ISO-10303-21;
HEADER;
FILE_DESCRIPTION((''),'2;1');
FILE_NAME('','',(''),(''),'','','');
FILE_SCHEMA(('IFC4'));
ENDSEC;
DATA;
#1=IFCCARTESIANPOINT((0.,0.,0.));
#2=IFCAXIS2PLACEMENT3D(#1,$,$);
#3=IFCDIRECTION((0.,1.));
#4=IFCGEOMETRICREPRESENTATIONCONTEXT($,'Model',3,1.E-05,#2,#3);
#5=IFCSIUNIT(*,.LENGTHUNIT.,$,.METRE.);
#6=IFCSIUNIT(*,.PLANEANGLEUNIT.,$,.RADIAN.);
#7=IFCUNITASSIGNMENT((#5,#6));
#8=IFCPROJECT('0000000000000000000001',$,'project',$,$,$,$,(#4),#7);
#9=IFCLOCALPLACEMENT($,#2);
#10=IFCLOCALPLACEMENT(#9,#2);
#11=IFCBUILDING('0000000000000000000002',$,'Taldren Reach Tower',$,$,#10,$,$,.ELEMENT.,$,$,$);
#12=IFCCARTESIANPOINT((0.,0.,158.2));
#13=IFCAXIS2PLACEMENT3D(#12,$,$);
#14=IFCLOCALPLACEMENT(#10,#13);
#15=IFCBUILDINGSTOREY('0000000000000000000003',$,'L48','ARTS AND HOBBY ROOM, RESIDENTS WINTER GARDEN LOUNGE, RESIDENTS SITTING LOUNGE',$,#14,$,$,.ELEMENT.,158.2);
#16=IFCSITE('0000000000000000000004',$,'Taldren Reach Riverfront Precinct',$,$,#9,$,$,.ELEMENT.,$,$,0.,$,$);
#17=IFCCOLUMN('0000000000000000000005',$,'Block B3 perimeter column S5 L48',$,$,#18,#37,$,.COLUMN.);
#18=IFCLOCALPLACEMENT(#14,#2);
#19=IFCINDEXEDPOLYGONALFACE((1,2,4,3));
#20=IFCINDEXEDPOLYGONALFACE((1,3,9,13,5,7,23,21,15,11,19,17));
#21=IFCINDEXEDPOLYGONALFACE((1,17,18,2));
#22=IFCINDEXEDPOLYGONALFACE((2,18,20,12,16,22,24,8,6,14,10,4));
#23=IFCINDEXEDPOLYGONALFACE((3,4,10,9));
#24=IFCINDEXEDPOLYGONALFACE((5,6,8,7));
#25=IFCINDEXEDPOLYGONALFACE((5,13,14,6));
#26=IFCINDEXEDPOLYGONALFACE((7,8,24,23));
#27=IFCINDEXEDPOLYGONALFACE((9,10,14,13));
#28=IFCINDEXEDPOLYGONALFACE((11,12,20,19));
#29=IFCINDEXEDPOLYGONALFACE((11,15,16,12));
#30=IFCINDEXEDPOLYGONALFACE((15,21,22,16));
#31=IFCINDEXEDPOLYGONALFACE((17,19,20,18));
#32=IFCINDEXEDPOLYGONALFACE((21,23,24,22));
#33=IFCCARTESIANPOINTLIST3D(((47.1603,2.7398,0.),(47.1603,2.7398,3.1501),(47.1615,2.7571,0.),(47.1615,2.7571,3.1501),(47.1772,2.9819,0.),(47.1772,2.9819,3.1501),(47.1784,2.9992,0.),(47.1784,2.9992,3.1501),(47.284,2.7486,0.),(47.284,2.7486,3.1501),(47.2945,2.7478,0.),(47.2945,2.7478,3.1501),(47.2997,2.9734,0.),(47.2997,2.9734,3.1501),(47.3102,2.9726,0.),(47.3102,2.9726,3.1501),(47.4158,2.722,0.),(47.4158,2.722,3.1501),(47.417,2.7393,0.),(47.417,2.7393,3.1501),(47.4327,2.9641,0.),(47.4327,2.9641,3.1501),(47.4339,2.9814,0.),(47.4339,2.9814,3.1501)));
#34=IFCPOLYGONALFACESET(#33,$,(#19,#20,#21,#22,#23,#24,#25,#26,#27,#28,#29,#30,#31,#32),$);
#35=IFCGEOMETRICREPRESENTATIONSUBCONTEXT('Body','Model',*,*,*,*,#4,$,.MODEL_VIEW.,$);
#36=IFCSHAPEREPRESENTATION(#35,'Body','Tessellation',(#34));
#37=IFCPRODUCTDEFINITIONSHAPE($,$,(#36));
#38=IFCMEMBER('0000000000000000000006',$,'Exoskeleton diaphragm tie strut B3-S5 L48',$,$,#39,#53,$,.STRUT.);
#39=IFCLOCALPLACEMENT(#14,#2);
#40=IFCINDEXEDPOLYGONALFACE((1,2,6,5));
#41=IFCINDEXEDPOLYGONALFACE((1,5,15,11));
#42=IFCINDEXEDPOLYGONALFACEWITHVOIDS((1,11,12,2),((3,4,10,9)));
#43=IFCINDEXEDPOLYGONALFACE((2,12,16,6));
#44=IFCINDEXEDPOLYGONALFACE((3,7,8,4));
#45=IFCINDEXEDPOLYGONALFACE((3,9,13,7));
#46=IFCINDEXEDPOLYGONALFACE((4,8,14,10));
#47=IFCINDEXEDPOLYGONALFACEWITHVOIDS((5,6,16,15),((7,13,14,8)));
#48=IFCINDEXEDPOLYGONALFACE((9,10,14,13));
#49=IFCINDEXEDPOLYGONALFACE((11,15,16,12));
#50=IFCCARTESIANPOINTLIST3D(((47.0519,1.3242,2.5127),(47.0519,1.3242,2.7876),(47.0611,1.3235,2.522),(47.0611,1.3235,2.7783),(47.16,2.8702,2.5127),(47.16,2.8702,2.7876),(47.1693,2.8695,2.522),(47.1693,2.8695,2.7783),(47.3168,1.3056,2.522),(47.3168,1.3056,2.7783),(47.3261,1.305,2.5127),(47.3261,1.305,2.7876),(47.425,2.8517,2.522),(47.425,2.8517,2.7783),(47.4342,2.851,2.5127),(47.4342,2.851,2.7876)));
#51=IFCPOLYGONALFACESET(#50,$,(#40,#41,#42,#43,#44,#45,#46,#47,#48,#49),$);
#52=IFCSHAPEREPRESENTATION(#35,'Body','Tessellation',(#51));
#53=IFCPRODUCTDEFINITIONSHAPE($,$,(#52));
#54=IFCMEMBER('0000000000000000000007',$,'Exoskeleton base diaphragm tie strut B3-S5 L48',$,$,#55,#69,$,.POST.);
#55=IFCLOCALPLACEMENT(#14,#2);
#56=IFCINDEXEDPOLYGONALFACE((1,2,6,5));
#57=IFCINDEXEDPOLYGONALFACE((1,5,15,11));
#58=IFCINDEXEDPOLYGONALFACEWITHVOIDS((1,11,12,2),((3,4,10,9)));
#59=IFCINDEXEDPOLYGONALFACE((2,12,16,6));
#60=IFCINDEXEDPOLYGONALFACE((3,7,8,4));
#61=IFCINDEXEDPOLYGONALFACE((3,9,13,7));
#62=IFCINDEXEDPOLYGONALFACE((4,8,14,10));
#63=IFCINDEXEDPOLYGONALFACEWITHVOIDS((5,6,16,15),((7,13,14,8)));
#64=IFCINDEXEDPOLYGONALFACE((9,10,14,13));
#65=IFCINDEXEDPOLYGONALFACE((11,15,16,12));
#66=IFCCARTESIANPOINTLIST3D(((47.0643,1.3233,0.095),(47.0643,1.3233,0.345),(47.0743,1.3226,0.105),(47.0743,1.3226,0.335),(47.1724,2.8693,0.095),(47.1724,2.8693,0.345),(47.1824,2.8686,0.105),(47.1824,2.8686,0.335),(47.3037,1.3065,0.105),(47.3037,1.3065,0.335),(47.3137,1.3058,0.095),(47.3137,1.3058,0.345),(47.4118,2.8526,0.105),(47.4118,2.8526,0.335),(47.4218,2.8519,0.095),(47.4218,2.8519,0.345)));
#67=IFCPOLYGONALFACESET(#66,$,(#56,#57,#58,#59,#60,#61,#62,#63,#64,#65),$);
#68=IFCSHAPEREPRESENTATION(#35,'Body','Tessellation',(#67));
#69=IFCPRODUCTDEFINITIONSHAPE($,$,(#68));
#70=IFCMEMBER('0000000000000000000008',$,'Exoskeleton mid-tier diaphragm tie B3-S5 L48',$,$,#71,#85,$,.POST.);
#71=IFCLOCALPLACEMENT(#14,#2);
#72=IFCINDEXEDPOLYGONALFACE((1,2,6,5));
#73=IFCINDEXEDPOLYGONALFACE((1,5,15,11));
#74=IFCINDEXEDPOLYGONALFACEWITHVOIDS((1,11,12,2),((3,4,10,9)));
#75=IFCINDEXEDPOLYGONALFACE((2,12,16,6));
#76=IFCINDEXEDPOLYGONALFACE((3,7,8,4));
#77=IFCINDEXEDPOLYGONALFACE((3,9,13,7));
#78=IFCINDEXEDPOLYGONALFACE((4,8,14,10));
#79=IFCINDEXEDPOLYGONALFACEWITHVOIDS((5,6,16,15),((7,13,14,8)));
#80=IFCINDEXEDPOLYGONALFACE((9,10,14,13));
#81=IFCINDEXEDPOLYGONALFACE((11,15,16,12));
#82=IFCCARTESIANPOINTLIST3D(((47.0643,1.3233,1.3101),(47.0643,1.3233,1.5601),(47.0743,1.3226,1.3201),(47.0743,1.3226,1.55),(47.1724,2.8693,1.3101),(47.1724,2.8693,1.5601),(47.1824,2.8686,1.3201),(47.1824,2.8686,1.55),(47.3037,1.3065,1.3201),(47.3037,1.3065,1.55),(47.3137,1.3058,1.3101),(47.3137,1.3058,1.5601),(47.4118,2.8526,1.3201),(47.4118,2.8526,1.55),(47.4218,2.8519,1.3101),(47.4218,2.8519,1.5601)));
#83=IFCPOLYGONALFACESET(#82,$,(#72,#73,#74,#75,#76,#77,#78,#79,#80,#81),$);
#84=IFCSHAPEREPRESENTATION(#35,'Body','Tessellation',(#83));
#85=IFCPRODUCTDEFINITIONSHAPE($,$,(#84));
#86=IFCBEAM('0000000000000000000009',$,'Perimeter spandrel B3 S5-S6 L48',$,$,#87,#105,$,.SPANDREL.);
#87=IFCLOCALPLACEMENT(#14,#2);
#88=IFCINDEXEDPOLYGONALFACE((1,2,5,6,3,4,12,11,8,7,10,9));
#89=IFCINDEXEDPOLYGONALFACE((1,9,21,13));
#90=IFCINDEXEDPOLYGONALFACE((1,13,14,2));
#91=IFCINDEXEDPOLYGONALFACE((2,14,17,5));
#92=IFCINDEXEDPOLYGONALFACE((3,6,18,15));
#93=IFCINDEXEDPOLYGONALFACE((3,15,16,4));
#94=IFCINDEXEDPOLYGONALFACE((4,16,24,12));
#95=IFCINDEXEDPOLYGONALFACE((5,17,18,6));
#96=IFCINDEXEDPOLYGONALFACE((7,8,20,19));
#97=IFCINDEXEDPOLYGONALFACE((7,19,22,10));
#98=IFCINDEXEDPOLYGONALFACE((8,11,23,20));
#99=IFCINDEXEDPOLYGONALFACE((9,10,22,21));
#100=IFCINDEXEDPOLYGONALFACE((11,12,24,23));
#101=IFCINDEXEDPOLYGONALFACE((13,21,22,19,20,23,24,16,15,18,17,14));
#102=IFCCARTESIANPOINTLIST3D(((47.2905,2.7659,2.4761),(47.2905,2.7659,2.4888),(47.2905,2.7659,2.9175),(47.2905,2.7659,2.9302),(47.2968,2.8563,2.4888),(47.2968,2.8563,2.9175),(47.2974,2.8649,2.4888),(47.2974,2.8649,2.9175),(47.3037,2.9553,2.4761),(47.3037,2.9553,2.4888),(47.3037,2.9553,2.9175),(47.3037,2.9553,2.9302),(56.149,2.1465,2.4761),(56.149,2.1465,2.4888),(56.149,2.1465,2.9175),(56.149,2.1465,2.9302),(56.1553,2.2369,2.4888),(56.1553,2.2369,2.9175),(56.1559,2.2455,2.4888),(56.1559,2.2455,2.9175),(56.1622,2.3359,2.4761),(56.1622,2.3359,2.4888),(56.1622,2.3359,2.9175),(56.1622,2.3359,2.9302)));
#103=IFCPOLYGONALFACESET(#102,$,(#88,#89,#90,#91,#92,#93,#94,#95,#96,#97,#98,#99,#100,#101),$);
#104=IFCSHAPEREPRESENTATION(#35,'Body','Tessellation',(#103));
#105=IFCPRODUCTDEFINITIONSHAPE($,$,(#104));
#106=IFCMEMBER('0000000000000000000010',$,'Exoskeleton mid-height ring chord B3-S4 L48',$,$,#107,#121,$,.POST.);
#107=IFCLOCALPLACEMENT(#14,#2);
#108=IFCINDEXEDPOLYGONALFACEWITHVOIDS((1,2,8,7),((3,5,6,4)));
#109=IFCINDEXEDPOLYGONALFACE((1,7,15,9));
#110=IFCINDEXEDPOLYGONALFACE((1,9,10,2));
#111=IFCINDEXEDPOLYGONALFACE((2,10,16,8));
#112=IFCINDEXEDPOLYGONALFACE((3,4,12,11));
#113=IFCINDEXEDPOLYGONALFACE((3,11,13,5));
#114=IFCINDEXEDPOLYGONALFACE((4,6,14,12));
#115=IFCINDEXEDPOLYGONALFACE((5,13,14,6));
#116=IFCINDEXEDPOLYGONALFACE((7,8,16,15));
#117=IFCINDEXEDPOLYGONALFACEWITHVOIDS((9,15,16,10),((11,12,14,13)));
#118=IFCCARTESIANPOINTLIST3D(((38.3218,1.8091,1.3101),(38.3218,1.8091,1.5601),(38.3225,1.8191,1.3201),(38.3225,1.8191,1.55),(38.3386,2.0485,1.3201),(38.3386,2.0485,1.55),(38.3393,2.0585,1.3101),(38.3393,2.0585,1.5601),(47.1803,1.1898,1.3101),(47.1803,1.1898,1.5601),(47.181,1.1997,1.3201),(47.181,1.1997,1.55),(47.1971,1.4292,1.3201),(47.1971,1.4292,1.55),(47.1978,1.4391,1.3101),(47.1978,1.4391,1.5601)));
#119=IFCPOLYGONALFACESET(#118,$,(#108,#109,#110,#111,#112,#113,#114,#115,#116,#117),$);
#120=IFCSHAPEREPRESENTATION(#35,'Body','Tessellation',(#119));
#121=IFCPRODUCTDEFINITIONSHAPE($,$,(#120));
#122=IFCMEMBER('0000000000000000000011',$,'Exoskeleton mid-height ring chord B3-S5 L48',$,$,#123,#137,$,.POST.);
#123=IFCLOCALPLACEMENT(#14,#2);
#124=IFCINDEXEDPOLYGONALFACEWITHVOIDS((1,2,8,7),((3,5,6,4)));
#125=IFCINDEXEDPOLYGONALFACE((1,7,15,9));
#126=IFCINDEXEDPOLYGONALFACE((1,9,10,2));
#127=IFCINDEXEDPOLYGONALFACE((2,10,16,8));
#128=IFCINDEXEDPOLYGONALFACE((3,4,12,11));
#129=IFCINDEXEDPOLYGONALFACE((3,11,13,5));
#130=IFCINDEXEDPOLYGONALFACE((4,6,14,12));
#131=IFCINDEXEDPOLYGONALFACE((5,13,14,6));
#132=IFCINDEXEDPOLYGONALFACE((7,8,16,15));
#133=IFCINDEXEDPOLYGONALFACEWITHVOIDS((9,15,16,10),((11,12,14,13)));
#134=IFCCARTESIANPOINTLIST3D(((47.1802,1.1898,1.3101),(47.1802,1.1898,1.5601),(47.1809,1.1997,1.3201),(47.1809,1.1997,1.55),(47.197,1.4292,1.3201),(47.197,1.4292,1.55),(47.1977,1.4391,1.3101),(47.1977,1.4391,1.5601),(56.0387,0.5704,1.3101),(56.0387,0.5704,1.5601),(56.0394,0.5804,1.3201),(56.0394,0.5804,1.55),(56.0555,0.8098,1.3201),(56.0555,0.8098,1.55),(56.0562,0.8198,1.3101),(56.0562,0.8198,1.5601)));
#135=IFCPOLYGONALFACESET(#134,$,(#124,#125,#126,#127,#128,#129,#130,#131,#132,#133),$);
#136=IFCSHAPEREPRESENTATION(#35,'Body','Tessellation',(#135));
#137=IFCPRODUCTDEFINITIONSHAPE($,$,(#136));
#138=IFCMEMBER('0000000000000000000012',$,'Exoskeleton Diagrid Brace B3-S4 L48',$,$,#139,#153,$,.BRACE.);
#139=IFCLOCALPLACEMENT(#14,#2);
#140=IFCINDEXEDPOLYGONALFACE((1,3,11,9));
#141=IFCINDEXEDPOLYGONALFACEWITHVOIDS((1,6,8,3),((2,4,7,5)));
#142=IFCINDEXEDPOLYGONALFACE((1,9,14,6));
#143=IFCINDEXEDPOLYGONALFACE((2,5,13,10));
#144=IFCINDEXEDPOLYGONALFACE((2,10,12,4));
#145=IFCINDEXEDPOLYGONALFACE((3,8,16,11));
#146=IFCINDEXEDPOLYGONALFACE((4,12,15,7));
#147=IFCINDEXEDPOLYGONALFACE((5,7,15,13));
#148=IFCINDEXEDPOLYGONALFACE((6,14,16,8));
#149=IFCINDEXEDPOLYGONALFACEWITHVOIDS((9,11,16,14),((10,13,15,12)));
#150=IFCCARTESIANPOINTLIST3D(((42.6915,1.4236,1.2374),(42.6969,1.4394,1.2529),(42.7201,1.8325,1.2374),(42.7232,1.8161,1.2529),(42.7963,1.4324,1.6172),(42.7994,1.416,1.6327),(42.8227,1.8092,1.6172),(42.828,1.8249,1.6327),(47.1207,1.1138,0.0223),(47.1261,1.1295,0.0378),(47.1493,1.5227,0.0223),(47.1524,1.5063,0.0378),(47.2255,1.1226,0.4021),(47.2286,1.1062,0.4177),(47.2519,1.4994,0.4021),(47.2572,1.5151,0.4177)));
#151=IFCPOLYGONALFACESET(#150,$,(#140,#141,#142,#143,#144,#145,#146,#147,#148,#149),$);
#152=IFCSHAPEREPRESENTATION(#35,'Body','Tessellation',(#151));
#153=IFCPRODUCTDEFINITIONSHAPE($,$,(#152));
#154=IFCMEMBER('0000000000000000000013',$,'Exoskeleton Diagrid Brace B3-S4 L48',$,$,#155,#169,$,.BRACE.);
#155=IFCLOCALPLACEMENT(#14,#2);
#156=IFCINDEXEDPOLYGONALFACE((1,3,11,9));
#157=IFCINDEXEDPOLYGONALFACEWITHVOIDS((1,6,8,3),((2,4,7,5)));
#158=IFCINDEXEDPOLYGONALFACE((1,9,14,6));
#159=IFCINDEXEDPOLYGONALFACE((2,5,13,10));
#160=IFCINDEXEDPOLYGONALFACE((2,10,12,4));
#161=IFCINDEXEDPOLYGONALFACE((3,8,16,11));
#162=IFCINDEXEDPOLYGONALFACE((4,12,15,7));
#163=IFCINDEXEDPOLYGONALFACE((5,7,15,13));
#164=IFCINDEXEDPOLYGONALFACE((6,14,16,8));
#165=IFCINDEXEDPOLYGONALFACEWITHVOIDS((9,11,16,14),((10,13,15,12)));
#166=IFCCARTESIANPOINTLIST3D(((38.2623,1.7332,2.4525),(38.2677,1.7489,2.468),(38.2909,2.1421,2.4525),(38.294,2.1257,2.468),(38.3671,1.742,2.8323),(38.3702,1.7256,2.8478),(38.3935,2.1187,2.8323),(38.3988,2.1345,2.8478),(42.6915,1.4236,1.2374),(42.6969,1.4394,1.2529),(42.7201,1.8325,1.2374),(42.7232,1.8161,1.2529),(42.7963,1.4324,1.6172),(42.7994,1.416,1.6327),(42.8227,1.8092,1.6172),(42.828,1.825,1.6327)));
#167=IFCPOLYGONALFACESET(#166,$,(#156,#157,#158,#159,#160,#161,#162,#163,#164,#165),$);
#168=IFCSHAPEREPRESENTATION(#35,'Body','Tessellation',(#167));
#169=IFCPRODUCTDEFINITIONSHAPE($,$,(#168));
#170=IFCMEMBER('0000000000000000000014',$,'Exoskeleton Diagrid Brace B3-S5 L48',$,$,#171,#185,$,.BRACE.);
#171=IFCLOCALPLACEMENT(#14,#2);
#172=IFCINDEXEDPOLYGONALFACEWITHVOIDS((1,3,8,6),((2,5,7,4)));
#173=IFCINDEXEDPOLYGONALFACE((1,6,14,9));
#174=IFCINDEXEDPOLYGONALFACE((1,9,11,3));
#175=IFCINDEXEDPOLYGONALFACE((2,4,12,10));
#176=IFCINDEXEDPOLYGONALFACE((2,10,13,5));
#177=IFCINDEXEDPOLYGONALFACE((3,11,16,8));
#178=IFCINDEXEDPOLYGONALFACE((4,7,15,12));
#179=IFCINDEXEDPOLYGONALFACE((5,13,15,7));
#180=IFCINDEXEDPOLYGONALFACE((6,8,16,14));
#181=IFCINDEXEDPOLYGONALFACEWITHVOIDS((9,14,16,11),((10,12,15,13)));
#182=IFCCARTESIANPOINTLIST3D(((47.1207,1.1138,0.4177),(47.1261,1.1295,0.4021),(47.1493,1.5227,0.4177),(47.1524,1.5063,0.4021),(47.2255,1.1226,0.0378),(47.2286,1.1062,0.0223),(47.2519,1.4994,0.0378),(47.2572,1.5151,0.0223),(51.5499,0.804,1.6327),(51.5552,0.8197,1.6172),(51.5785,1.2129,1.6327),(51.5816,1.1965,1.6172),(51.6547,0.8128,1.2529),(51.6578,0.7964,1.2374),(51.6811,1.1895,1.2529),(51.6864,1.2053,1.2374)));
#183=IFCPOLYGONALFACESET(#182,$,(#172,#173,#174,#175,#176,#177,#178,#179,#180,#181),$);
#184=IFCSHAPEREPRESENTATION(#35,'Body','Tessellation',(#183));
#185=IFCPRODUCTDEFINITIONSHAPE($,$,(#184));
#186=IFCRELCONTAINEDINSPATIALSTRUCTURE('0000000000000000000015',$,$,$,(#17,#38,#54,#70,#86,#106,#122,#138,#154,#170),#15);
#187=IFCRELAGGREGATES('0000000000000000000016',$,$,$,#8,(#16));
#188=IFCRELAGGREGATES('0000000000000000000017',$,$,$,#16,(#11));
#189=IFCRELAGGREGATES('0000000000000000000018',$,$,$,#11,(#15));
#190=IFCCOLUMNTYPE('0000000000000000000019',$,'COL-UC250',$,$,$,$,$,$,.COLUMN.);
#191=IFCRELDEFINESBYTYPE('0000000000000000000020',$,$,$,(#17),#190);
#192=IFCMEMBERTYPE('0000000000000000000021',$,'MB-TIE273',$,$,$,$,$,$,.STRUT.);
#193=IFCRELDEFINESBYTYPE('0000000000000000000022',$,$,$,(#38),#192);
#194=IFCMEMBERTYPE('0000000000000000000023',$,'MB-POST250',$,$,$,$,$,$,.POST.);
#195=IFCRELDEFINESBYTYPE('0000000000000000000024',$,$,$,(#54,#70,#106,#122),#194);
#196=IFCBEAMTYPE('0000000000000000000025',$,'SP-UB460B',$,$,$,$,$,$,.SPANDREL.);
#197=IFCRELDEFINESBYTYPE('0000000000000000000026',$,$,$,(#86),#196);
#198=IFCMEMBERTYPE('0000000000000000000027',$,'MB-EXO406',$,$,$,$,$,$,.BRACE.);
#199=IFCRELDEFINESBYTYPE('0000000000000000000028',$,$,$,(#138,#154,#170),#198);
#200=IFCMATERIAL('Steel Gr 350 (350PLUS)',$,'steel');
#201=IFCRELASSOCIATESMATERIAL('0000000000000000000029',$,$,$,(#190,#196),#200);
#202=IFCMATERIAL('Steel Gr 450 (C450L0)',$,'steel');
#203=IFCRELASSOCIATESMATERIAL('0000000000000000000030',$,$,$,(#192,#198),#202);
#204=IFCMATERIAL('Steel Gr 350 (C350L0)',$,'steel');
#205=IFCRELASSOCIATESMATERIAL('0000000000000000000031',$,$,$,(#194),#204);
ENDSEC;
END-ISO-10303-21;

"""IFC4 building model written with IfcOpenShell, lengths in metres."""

from ifc_helpers import new_model, si_unit, direction, frame, origin, origin_2d, place, context, subcontext, project, spatial, hollow_rectangle, i_section, extrude, source, transform, mapped, material, material_profile, profile_set, type_object, element, save


model = new_model("IFC4")

# Units and contexts
model_context = context("Model", 3, precision=1e-05, world=origin(), true_north=direction((0.0, 1.0)))
body_context = subcontext(model_context, "Body", "Model", "MODEL_VIEW")
ifc_project = project(units=[si_unit("LENGTHUNIT", "METRE"), si_unit("PLANEANGLEUNIT", "RADIAN")], contexts=[model_context])

# Site, building, storey
site_placement = place(None, origin())
site = spatial("IfcSite", under=ifc_project, at=site_placement, Name="Taldren Reach Riverfront Precinct", CompositionType="ELEMENT", RefElevation=0.0)
building_placement = place(site_placement, origin())
building = spatial("IfcBuilding", under=site, at=building_placement, Name="Taldren Reach Tower", CompositionType="ELEMENT")
storey_placement = place(building_placement, frame((0.0, 0.0, 158.2)))
storey = spatial("IfcBuildingStorey", under=building, at=storey_placement, Name="L48", Description="ARTS AND HOBBY ROOM, RESIDENTS WINTER GARDEN LOUNGE, RESIDENTS SITTING LOUNGE", CompositionType="ELEMENT", Elevation=158.2)

# Column
ifc_material_1 = material(Name="Steel Gr 350 (350PLUS)", Category="steel")
ifc_material_profile_1 = material_profile(ifc_material_1, i_section(OverallWidth=0.2561, OverallDepth=0.26, WebThickness=0.0105, FlangeThickness=0.0173, at=origin_2d()), Name="250UC89.5")
ifc_profile_set_1 = profile_set([ifc_material_profile_1], Name="Steel Gr 350 (350PLUS)")
column_type = type_object("IfcColumnType", Name="COL-UC250", PredefinedType="COLUMN", material=ifc_profile_set_1)
shared_shape_1 = source(origin(), body_context, "Body", "SweptSolid", [
    extrude(i_section(OverallWidth=0.2561, OverallDepth=0.26, WebThickness=0.0105, FlangeThickness=0.0173, at=origin_2d()), origin(), (0.0, 0.0, 1.0), 3.1501),
])
column_placement = place(storey_placement, frame((47.2971, 2.8606, 0.0), z_axis=(0.0, 0.0, 1.0), x_axis=(0.997564, -0.069756, 0.0)))
element("IfcColumn", 1, at=column_placement, inside=storey, type_object=column_type, Name="Block B3 perimeter column S5 L48", PredefinedType="COLUMN", context=body_context, shape_type="MappedRepresentation", body=[
    mapped(shared_shape_1, transform((0.0, 0.0, 0.0), scale=1.0)),
])

# Members
ifc_material_2 = material(Name="Steel Gr 450 (C450L0)", Category="steel")
ifc_material_profile_2 = material_profile(ifc_material_2, hollow_rectangle(XDim=0.2749, YDim=0.2749, WallThickness=0.0093, at=origin_2d()), Name="275x275x9.3SHS")
ifc_profile_set_2 = profile_set([ifc_material_profile_2], Name="Steel Gr 450 (C450L0)")
member_type_1 = type_object("IfcMemberType", Name="MB-TIE273", PredefinedType="STRUT", material=ifc_profile_set_2)
shared_shape_2 = source(origin(), body_context, "Body", "SweptSolid", [
    extrude(hollow_rectangle(XDim=0.2749, YDim=0.2749, WallThickness=0.0093, at=origin_2d()), origin(), (0.0, 0.0, 1.0), 1.5498),
])
member_1_placement = place(storey_placement, frame((47.2971, 2.8606, 2.6501), z_axis=(-0.069781, -0.997562, 0.0), x_axis=(0.997562, -0.069781, 0.0)))
element("IfcMember", 2, at=member_1_placement, inside=storey, type_object=member_type_1, Name="Exoskeleton diaphragm tie strut B3-S5 L48", PredefinedType="STRUT", context=body_context, shape_type="MappedRepresentation", body=[
    mapped(shared_shape_2, transform((0.0, 0.0, 0.0), scale=1.0)),
])
ifc_material_3 = material(Name="Steel Gr 350 (C350L0)", Category="steel")
ifc_material_profile_3 = material_profile(ifc_material_3, hollow_rectangle(XDim=0.25, YDim=0.25, WallThickness=0.01, at=origin_2d()), Name="250x250x10.0SHS")
ifc_profile_set_3 = profile_set([ifc_material_profile_3], Name="Steel Gr 350 (C350L0)")
member_type_2 = type_object("IfcMemberType", Name="MB-POST250", PredefinedType="POST", material=ifc_profile_set_3)
shared_shape_3 = source(origin(), body_context, "Body", "SweptSolid", [
    extrude(hollow_rectangle(XDim=0.25, YDim=0.25, WallThickness=0.01, at=origin_2d()), origin(), (0.0, 0.0, 1.0), 1.5498),
])
for number, where, z_axis, x_axis, name in (
    (3, (47.2971, 2.8606, 0.22), (-0.069781, -0.997562, 0.0), (0.997562, -0.069781, 0.0), "Exoskeleton base diaphragm tie strut B3-S5 L48"),
    (4, (47.2971, 2.8606, 1.4351), (-0.069781, -0.997562, 0.0), (0.997562, -0.069781, 0.0), "Exoskeleton mid-tier diaphragm tie B3-S5 L48"),
):
    element("IfcMember", number, at=place(storey_placement, frame(where, z_axis=z_axis, x_axis=x_axis)), inside=storey, type_object=member_type_2, Name=name, PredefinedType="POST", context=body_context, shape_type="MappedRepresentation", body=[
        mapped(shared_shape_3, transform((0.0, 0.0, 0.0), scale=1.0)),
    ])

# Beam
ifc_material_profile_4 = material_profile(ifc_material_1, i_section(OverallWidth=0.1899, OverallDepth=0.4541, WebThickness=0.0085, FlangeThickness=0.0127, at=origin_2d()), Name="460UB67.1")
ifc_profile_set_4 = profile_set([ifc_material_profile_4], Name="Steel Gr 350 (350PLUS)")
beam_type = type_object("IfcBeamType", Name="SP-UB460B", PredefinedType="SPANDREL", material=ifc_profile_set_4)
shared_shape_4 = source(origin(), body_context, "Body", "SweptSolid", [
    extrude(i_section(OverallWidth=0.1899, OverallDepth=0.4541, WebThickness=0.0085, FlangeThickness=0.0127, at=origin_2d()), origin(), (0.0, 0.0, 1.0), 8.8801),
])
beam_placement = place(storey_placement, frame((47.2971, 2.8606, 2.7031), z_axis=(0.997564, -0.06975, 0.0), x_axis=(0.06975, 0.997564, 0.0)))
element("IfcBeam", 5, at=beam_placement, inside=storey, type_object=beam_type, Name="Perimeter spandrel B3 S5-S6 L48", PredefinedType="SPANDREL", context=body_context, shape_type="MappedRepresentation", body=[
    mapped(shared_shape_4, transform((0.0, 0.0, 0.0), scale=1.0)),
])

# Members
shared_shape_5 = source(origin(), body_context, "Body", "SweptSolid", [
    extrude(hollow_rectangle(XDim=0.25, YDim=0.25, WallThickness=0.01, at=origin_2d()), origin(), (0.0, 0.0, 1.0), 8.8801),
])
for number, where, z_axis, x_axis, name in (
    (6, (38.3306, 1.9338, 1.4351), (0.997564, -0.06975, 0.0), (0.06975, 0.997564, 0.0), "Exoskeleton mid-height ring chord B3-S4 L48"),
    (7, (47.189, 1.3145, 1.4351), (0.997564, -0.06975, 0.0), (0.06975, 0.997564, 0.0), "Exoskeleton mid-height ring chord B3-S5 L48"),
):
    element("IfcMember", number, at=place(storey_placement, frame(where, z_axis=z_axis, x_axis=x_axis)), inside=storey, type_object=member_type_2, Name=name, PredefinedType="POST", context=body_context, shape_type="MappedRepresentation", body=[
        mapped(shared_shape_5, transform((0.0, 0.0, 0.0), scale=1.0)),
    ])
ifc_material_profile_5 = material_profile(ifc_material_2, hollow_rectangle(XDim=0.4099, YDim=0.4099, WallThickness=0.0161, at=origin_2d()), Name="410x410x16.0SHS")
ifc_profile_set_5 = profile_set([ifc_material_profile_5], Name="Steel Gr 450 (C450L0)")
member_type_3 = type_object("IfcMemberType", Name="MB-EXO406", PredefinedType="BRACE", material=ifc_profile_set_5)
shared_shape_6 = source(origin(), body_context, "Body", "SweptSolid", [
    extrude(hollow_rectangle(XDim=0.4099, YDim=0.4099, WallThickness=0.0161, at=origin_2d()), origin(), (0.0, 0.0, 1.0), 4.6033),
])
for number, where, z_axis, x_axis, name in (
    (8, (47.189, 1.3145, 0.22), (-0.962182, 0.067303, 0.263961), (-0.069778, -0.997563, 0.0), "Exoskeleton Diagrid Brace B3-S4 L48"),
    (9, (42.7598, 1.6243, 1.4351), (-0.962186, 0.06725, 0.263962), (-0.069723, -0.997566, 0.0), "Exoskeleton Diagrid Brace B3-S4 L48"),
    (10, (47.189, 1.3145, 0.22), (0.962182, -0.067303, 0.263961), (0.069778, 0.997563, 0.0), "Exoskeleton Diagrid Brace B3-S5 L48"),
):
    element("IfcMember", number, at=place(storey_placement, frame(where, z_axis=z_axis, x_axis=x_axis)), inside=storey, type_object=member_type_3, Name=name, PredefinedType="BRACE", context=body_context, shape_type="MappedRepresentation", body=[
        mapped(shared_shape_6, transform((0.0, 0.0, 0.0), scale=1.0)),
    ])

save(model, "model.ifc")
